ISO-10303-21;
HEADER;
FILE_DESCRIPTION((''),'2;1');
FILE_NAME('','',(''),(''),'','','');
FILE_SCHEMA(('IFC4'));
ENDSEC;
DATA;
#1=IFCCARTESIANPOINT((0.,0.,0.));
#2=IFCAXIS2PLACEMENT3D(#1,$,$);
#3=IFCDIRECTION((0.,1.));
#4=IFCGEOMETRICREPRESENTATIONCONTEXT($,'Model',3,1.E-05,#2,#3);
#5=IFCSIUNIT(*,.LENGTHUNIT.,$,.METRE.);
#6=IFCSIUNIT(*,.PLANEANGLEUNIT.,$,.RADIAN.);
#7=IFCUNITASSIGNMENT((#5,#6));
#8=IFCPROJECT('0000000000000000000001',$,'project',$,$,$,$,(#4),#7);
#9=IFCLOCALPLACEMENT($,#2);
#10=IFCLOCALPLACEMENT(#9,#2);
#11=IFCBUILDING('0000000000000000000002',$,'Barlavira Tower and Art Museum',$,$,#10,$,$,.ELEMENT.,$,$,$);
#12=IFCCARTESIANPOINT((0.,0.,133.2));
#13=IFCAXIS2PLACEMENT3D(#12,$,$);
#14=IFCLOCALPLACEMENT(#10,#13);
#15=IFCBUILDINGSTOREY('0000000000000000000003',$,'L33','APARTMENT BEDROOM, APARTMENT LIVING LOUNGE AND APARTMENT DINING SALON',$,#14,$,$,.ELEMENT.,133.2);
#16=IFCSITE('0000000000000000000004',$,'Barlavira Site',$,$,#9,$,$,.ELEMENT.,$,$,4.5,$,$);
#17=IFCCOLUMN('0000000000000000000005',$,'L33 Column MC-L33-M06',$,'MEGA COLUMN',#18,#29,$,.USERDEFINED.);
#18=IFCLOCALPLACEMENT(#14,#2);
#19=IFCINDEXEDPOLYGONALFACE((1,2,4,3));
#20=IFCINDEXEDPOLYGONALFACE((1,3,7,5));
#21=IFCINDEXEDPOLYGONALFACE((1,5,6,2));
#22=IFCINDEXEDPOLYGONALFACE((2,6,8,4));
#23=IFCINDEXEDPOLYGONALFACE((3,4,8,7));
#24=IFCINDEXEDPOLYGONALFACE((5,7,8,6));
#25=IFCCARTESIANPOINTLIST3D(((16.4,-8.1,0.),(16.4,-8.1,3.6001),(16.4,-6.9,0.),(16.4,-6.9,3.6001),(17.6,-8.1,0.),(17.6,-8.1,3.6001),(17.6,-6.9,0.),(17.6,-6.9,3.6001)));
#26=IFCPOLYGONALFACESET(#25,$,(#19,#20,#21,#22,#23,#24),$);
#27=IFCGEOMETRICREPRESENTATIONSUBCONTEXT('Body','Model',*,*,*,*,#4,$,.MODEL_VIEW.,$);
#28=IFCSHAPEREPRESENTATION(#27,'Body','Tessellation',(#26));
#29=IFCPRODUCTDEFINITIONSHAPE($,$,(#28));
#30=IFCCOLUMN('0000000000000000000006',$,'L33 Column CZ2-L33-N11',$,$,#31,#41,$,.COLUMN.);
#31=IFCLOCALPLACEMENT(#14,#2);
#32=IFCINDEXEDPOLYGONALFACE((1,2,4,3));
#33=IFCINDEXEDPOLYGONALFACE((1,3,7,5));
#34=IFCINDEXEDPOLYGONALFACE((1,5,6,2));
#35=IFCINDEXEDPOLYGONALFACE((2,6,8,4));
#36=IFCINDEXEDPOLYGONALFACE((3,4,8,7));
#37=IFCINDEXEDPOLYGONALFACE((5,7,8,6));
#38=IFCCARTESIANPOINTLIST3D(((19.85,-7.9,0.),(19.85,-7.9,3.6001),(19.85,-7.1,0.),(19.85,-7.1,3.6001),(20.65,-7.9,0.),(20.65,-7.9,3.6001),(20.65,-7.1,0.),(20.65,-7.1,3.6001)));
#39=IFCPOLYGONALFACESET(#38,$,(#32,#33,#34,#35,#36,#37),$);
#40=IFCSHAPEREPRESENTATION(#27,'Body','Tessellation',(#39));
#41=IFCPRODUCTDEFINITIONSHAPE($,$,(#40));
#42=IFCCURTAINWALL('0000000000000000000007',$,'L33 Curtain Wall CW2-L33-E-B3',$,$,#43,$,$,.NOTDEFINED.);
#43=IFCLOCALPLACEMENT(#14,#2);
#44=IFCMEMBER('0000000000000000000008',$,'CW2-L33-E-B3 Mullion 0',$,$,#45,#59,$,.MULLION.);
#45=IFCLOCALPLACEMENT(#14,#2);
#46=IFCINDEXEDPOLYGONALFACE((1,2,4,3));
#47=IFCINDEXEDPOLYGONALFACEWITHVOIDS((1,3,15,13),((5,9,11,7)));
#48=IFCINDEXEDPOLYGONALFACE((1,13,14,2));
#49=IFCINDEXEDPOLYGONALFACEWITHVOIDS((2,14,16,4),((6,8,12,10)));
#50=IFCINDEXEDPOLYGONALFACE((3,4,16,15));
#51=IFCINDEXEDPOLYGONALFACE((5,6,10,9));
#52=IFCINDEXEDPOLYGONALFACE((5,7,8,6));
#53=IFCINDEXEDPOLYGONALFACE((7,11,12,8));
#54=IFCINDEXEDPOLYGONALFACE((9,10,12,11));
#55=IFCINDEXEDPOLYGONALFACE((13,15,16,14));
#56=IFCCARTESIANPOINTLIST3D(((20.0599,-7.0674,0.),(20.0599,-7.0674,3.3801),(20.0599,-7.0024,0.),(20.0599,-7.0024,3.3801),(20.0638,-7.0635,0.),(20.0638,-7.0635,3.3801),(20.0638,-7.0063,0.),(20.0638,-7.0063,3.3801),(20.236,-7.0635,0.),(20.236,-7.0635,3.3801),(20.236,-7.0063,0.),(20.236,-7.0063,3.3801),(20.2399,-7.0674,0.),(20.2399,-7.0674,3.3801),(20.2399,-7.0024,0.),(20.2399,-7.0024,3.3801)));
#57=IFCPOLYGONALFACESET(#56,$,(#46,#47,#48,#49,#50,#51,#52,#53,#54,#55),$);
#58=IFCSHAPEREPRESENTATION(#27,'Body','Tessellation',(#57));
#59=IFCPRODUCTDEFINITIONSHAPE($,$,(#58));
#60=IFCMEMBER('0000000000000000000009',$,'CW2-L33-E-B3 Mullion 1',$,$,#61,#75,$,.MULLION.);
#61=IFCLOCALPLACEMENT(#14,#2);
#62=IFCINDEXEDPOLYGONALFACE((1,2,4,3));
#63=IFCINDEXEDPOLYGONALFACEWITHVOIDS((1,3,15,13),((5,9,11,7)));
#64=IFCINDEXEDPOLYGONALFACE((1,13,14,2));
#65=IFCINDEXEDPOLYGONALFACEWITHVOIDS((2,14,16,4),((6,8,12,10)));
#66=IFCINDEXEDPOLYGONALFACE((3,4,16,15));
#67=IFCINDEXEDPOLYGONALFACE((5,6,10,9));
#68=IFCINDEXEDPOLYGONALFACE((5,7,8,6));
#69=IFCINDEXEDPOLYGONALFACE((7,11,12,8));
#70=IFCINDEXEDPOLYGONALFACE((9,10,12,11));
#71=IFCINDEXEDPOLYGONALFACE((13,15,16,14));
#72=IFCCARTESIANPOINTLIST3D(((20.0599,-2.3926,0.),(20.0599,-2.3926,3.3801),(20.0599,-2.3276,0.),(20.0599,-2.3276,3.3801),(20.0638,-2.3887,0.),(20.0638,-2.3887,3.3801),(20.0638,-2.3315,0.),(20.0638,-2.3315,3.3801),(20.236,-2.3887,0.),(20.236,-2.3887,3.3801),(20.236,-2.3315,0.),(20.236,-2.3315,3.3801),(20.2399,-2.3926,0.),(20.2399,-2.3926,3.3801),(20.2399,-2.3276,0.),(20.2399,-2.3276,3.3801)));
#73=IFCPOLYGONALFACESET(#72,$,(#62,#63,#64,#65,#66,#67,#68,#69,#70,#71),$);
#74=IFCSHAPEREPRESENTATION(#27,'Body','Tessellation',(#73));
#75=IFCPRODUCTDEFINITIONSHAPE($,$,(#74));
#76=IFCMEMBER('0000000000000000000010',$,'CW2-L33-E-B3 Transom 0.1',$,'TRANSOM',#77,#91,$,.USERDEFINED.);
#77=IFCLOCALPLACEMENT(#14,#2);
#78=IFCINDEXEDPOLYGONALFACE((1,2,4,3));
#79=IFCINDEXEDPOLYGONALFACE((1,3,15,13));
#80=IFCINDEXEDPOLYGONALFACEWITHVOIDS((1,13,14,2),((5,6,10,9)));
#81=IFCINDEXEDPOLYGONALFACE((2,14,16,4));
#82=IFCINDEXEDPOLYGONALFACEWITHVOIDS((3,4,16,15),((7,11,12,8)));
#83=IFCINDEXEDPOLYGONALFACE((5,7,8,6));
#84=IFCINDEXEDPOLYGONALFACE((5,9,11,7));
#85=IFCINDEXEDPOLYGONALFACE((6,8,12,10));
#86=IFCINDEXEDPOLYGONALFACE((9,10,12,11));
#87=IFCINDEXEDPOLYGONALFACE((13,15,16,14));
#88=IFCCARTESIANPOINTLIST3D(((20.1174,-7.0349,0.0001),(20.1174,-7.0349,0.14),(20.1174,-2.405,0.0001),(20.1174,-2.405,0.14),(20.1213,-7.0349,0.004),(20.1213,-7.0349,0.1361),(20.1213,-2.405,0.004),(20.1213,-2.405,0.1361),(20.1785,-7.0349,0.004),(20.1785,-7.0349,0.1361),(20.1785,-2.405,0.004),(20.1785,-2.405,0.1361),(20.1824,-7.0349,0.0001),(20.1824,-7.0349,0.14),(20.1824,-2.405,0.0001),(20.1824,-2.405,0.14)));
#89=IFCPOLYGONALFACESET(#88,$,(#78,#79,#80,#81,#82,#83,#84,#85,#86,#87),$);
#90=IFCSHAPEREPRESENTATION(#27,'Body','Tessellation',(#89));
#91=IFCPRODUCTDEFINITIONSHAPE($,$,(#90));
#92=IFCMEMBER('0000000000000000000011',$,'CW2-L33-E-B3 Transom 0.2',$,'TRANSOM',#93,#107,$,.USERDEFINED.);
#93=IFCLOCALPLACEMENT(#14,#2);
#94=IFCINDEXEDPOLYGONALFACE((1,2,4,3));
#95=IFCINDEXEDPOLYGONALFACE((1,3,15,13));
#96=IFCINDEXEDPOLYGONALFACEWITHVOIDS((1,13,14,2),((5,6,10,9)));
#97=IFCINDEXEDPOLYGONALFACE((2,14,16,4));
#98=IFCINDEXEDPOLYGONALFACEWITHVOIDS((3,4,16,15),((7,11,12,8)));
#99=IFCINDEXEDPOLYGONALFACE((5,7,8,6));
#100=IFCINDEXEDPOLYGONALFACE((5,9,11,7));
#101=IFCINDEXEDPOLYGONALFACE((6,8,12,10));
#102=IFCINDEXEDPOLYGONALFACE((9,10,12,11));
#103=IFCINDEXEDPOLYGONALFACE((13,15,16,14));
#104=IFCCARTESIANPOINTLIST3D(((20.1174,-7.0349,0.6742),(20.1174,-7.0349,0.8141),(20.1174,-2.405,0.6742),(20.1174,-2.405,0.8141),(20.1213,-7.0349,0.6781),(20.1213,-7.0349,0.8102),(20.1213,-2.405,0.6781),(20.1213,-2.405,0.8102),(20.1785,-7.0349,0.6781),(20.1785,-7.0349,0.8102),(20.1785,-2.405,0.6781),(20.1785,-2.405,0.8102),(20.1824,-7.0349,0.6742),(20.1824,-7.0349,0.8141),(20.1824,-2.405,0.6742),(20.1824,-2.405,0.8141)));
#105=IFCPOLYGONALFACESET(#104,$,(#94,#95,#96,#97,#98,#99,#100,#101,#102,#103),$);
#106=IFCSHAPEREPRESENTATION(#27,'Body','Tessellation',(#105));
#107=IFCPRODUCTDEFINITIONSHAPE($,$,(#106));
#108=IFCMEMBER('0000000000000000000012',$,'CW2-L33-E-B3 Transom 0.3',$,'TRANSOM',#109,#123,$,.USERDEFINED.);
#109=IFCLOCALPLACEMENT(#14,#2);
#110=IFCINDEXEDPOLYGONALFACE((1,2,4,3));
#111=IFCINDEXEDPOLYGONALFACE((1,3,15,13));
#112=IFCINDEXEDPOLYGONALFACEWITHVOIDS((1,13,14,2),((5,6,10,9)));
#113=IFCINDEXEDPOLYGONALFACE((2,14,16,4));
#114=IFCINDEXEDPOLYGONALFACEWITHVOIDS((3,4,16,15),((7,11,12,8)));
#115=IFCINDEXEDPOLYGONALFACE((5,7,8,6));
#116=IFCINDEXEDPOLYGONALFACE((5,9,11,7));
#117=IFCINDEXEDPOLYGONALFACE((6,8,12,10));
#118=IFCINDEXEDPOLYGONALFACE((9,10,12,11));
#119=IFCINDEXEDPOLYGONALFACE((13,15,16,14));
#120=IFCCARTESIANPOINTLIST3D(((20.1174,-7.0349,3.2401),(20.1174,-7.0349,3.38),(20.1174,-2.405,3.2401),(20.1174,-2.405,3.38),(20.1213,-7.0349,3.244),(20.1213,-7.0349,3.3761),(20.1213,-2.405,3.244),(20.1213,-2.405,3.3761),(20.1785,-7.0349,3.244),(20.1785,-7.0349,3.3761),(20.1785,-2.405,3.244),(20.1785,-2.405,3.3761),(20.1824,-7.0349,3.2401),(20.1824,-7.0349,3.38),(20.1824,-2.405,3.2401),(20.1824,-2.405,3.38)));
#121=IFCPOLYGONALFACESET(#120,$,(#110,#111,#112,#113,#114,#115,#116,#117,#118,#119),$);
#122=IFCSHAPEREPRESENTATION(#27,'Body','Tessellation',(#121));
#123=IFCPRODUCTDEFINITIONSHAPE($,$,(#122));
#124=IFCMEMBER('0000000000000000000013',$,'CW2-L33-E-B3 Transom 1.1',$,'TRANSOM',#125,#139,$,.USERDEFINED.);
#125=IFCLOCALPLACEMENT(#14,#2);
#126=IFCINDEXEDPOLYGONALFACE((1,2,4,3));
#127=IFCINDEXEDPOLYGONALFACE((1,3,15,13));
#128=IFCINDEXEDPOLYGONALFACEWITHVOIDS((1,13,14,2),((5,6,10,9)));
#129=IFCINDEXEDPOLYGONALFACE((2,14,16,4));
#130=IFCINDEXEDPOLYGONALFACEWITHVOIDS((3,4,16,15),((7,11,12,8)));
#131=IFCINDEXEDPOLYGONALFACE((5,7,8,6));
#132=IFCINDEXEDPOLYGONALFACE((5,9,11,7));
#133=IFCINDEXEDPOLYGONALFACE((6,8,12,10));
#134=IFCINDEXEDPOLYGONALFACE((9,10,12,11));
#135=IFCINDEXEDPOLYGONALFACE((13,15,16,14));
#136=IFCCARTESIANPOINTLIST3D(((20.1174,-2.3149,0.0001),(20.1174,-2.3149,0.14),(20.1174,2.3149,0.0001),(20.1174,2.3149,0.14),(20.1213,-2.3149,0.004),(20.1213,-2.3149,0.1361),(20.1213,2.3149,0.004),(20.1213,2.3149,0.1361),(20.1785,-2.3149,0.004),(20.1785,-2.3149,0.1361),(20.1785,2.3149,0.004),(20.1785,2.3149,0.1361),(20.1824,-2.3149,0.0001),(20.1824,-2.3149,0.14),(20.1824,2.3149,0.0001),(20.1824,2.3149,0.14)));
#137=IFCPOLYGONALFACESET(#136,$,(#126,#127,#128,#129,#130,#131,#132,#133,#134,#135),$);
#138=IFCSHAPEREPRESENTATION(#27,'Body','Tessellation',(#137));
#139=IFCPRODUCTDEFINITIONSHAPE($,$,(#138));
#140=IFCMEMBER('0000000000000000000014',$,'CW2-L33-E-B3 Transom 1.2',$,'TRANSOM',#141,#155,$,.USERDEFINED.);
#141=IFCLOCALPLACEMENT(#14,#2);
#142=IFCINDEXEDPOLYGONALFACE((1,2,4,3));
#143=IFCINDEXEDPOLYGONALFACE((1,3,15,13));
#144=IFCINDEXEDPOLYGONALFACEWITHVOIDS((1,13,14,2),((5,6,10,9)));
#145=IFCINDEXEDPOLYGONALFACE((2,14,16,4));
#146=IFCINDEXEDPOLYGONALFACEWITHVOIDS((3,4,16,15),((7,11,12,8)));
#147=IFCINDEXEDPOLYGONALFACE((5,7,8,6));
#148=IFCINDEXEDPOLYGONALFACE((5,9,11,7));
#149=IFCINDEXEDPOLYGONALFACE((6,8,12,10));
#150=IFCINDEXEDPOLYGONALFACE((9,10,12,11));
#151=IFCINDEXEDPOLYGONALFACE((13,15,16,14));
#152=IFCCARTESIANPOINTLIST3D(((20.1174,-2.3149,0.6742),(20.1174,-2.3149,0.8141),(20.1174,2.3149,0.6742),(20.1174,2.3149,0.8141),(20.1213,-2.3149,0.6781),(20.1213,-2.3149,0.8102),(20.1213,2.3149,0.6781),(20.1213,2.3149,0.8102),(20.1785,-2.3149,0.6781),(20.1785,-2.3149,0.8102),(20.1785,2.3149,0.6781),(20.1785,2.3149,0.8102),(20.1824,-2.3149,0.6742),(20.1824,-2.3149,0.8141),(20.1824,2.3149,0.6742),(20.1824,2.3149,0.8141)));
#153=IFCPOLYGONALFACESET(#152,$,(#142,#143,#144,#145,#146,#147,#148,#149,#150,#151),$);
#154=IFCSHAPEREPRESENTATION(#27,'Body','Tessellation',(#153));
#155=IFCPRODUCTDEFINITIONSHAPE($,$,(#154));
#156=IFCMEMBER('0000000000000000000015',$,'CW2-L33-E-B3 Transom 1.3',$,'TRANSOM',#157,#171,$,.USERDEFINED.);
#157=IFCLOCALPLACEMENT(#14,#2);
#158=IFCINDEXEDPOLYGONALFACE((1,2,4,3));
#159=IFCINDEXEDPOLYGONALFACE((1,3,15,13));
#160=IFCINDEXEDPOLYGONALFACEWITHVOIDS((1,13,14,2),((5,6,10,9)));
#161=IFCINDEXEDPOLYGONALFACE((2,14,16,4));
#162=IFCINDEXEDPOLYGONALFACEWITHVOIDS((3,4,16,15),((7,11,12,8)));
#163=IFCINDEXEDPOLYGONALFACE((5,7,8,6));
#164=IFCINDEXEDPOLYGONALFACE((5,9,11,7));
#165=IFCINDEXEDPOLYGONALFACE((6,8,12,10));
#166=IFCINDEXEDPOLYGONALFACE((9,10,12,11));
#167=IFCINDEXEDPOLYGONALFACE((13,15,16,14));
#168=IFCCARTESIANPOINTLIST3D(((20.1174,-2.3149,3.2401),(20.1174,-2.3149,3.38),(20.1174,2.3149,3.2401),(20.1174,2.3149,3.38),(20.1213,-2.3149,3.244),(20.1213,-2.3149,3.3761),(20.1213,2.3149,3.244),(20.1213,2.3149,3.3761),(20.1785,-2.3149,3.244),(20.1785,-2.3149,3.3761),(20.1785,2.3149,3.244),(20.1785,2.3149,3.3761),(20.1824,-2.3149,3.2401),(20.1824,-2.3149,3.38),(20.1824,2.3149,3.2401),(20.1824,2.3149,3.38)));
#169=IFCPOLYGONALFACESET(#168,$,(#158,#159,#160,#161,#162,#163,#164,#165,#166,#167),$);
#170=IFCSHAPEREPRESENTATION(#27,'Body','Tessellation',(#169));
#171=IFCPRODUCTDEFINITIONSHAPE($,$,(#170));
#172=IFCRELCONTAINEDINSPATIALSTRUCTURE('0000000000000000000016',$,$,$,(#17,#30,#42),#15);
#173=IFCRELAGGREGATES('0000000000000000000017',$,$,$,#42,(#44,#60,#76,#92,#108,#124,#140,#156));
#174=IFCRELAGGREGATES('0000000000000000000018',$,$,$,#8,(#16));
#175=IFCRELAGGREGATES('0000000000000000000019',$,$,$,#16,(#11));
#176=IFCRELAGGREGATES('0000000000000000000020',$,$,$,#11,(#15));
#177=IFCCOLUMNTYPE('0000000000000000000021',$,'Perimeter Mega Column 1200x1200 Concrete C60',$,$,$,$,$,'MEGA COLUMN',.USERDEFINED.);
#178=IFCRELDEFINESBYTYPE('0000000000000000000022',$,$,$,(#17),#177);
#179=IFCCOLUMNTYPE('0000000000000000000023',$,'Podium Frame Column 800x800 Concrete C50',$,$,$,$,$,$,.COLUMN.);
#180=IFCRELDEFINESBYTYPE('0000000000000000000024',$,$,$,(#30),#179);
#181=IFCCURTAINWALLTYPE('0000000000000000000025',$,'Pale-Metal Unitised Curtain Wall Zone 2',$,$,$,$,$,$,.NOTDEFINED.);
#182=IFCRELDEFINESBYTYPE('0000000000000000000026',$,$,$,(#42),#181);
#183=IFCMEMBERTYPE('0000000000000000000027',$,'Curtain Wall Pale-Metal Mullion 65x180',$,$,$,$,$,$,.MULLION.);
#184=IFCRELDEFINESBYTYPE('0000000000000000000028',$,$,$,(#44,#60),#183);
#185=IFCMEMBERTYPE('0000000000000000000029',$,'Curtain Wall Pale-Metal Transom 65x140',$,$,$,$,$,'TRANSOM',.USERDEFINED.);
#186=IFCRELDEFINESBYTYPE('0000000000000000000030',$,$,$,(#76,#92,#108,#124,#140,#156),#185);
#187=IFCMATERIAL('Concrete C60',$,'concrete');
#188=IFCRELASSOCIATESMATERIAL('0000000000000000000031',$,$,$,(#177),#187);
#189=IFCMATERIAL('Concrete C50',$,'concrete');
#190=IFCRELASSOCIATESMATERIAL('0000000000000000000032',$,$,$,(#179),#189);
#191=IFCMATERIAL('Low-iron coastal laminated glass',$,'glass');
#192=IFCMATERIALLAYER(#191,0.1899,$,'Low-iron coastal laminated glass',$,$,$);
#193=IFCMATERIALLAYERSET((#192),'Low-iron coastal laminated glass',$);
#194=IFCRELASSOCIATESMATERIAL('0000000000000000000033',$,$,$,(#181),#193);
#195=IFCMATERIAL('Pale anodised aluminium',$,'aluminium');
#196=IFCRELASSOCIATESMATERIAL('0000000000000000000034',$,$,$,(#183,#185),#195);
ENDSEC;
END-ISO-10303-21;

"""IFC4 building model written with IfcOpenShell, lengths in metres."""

from ifc_helpers import new_model, si_unit, direction, frame, origin, origin_2d, place, context, subcontext, project, spatial, rectangle, hollow_rectangle, extrude, material, layer, layer_set, material_profile, profile_set, type_object, element, aggregate, save


model = new_model("IFC4")

# Units and contexts
model_context = context("Model", 3, precision=1e-05, world=origin(), true_north=direction((0.0, 1.0)))
body_context = subcontext(model_context, "Body", "Model", "MODEL_VIEW")
ifc_project = project(units=[si_unit("LENGTHUNIT", "METRE"), si_unit("PLANEANGLEUNIT", "RADIAN")], contexts=[model_context])

# Site, building, storey
site_placement = place(None, origin())
site = spatial("IfcSite", under=ifc_project, at=site_placement, Name="Barlavira Site", CompositionType="ELEMENT", RefElevation=4.5)
building_placement = place(site_placement, origin())
building = spatial("IfcBuilding", under=site, at=building_placement, Name="Barlavira Tower and Art Museum", CompositionType="ELEMENT")
storey_placement = place(building_placement, frame((0.0, 0.0, 133.2)))
storey = spatial("IfcBuildingStorey", under=building, at=storey_placement, Name="L33", Description="APARTMENT BEDROOM, APARTMENT LIVING LOUNGE AND APARTMENT DINING SALON", CompositionType="ELEMENT", Elevation=133.2)

# Columns
ifc_material_1 = material(Name="Concrete C60", Category="concrete")
ifc_material_profile_1 = material_profile(ifc_material_1, rectangle(XDim=1.2, YDim=1.2, at=origin_2d()), Name="RC-COL 1200x1200")
ifc_profile_set_1 = profile_set([ifc_material_profile_1], Name="Concrete C60")
column_type_1 = type_object("IfcColumnType", Name="Perimeter Mega Column 1200x1200 Concrete C60", ElementType="MEGA COLUMN", PredefinedType="USERDEFINED", material=ifc_profile_set_1)
column_1_placement = place(storey_placement, frame((17.0, -7.5, 0.0), z_axis=(0.0, 0.0, 1.0), x_axis=(1.0, 0.0, 0.0)))
element("IfcColumn", 1, at=column_1_placement, inside=storey, type_object=column_type_1, Name="L33 Column MC-L33-M06", ObjectType="MEGA COLUMN", PredefinedType="USERDEFINED", context=body_context, shape_type="SweptSolid", body=[
    extrude(rectangle(XDim=1.2, YDim=1.2, at=origin_2d()), origin(), (0.0, 0.0, 1.0), 3.6001),
])
ifc_material_2 = material(Name="Concrete C50", Category="concrete")
ifc_material_profile_2 = material_profile(ifc_material_2, rectangle(XDim=0.8, YDim=0.8, at=origin_2d()), Name="RC-COL 800x800")
ifc_profile_set_2 = profile_set([ifc_material_profile_2], Name="Concrete C50")
column_type_2 = type_object("IfcColumnType", Name="Podium Frame Column 800x800 Concrete C50", PredefinedType="COLUMN", material=ifc_profile_set_2)
column_2_placement = place(storey_placement, frame((20.25, -7.5, 0.0), z_axis=(0.0, 0.0, 1.0), x_axis=(1.0, 0.0, 0.0)))
element("IfcColumn", 2, at=column_2_placement, inside=storey, type_object=column_type_2, Name="L33 Column CZ2-L33-N11", PredefinedType="COLUMN", context=body_context, shape_type="SweptSolid", body=[
    extrude(rectangle(XDim=0.8, YDim=0.8, at=origin_2d()), origin(), (0.0, 0.0, 1.0), 3.6001),
])

# Curtain wall, members
ifc_material_3 = material(Name="Low-iron coastal laminated glass", Category="glass")
ifc_layer_1 = layer(ifc_material_3, 0.1899, Name="Low-iron coastal laminated glass")
ifc_layer_set_1 = layer_set([ifc_layer_1], Name="Low-iron coastal laminated glass")
curtain_wall_type = type_object("IfcCurtainWallType", Name="Pale-Metal Unitised Curtain Wall Zone 2", PredefinedType="NOTDEFINED", material=ifc_layer_set_1)
curtain_wall_placement = place(storey_placement, origin())
curtain_wall = element("IfcCurtainWall", 3, at=curtain_wall_placement, inside=storey, type_object=curtain_wall_type, Name="L33 Curtain Wall CW2-L33-E-B3", PredefinedType="NOTDEFINED")
ifc_material_4 = material(Name="Pale anodised aluminium", Category="aluminium")
ifc_material_profile_3 = material_profile(ifc_material_4, hollow_rectangle(XDim=0.0649, YDim=0.1799, WallThickness=0.0039, at=origin_2d()), Name="ALU-MULL 65x180x4")
ifc_profile_set_3 = profile_set([ifc_material_profile_3], Name="Pale anodised aluminium")
member_type_1 = type_object("IfcMemberType", Name="Curtain Wall Pale-Metal Mullion 65x180", PredefinedType="MULLION", material=ifc_profile_set_3)
member_1_placement = place(storey_placement, frame((20.1499, -7.0349, 0.0), z_axis=(0.0, 0.0, 1.0), x_axis=(0.0, 1.0, 0.0)))
member_1 = element("IfcMember", 4, at=member_1_placement, type_object=member_type_1, Name="CW2-L33-E-B3 Mullion 0", PredefinedType="MULLION", context=body_context, shape_type="SweptSolid", body=[
    extrude(hollow_rectangle(XDim=0.0649, YDim=0.1799, WallThickness=0.0039, at=origin_2d()), origin(), (0.0, 0.0, 1.0), 3.3801),
])
member_2_placement = place(storey_placement, frame((20.1499, -2.3601, 0.0), z_axis=(0.0, 0.0, 1.0), x_axis=(0.0, 1.0, 0.0)))
member_2 = element("IfcMember", 5, at=member_2_placement, type_object=member_type_1, Name="CW2-L33-E-B3 Mullion 1", PredefinedType="MULLION", context=body_context, shape_type="SweptSolid", body=[
    extrude(hollow_rectangle(XDim=0.0649, YDim=0.1799, WallThickness=0.0039, at=origin_2d()), origin(), (0.0, 0.0, 1.0), 3.3801),
])
ifc_material_profile_4 = material_profile(ifc_material_4, hollow_rectangle(XDim=0.0649, YDim=0.1399, WallThickness=0.0039, at=origin_2d()), Name="ALU-TRAN 65x140x4")
ifc_profile_set_4 = profile_set([ifc_material_profile_4], Name="Pale anodised aluminium")
member_type_2 = type_object("IfcMemberType", Name="Curtain Wall Pale-Metal Transom 65x140", ElementType="TRANSOM", PredefinedType="USERDEFINED", material=ifc_profile_set_4)
member_3_placement = place(storey_placement, frame((20.1499, -7.0349, 0.0701), z_axis=(0.0, 1.0, 0.0), x_axis=(-1.0, 0.0, 0.0)))
member_3 = element("IfcMember", 6, at=member_3_placement, type_object=member_type_2, Name="CW2-L33-E-B3 Transom 0.1", ObjectType="TRANSOM", PredefinedType="USERDEFINED", context=body_context, shape_type="SweptSolid", body=[
    extrude(hollow_rectangle(XDim=0.0649, YDim=0.1399, WallThickness=0.0039, at=origin_2d()), origin(), (0.0, 0.0, 1.0), 4.6299),
])
member_4_placement = place(storey_placement, frame((20.1499, -7.0349, 0.7441), z_axis=(0.0, 1.0, 0.0), x_axis=(-1.0, 0.0, 0.0)))
member_4 = element("IfcMember", 7, at=member_4_placement, type_object=member_type_2, Name="CW2-L33-E-B3 Transom 0.2", ObjectType="TRANSOM", PredefinedType="USERDEFINED", context=body_context, shape_type="SweptSolid", body=[
    extrude(hollow_rectangle(XDim=0.0649, YDim=0.1399, WallThickness=0.0039, at=origin_2d()), origin(), (0.0, 0.0, 1.0), 4.6299),
])
member_5_placement = place(storey_placement, frame((20.1499, -7.0349, 3.3101), z_axis=(0.0, 1.0, 0.0), x_axis=(-1.0, 0.0, 0.0)))
member_5 = element("IfcMember", 8, at=member_5_placement, type_object=member_type_2, Name="CW2-L33-E-B3 Transom 0.3", ObjectType="TRANSOM", PredefinedType="USERDEFINED", context=body_context, shape_type="SweptSolid", body=[
    extrude(hollow_rectangle(XDim=0.0649, YDim=0.1399, WallThickness=0.0039, at=origin_2d()), origin(), (0.0, 0.0, 1.0), 4.6299),
])
member_6_placement = place(storey_placement, frame((20.1499, -2.3149, 0.0701), z_axis=(0.0, 1.0, 0.0), x_axis=(-1.0, 0.0, 0.0)))
member_6 = element("IfcMember", 9, at=member_6_placement, type_object=member_type_2, Name="CW2-L33-E-B3 Transom 1.1", ObjectType="TRANSOM", PredefinedType="USERDEFINED", context=body_context, shape_type="SweptSolid", body=[
    extrude(hollow_rectangle(XDim=0.0649, YDim=0.1399, WallThickness=0.0039, at=origin_2d()), origin(), (0.0, 0.0, 1.0), 4.6299),
])
member_7_placement = place(storey_placement, frame((20.1499, -2.3149, 0.7441), z_axis=(0.0, 1.0, 0.0), x_axis=(-1.0, 0.0, 0.0)))
member_7 = element("IfcMember", 10, at=member_7_placement, type_object=member_type_2, Name="CW2-L33-E-B3 Transom 1.2", ObjectType="TRANSOM", PredefinedType="USERDEFINED", context=body_context, shape_type="SweptSolid", body=[
    extrude(hollow_rectangle(XDim=0.0649, YDim=0.1399, WallThickness=0.0039, at=origin_2d()), origin(), (0.0, 0.0, 1.0), 4.6299),
])
member_8_placement = place(storey_placement, frame((20.1499, -2.3149, 3.3101), z_axis=(0.0, 1.0, 0.0), x_axis=(-1.0, 0.0, 0.0)))
member_8 = element("IfcMember", 11, at=member_8_placement, type_object=member_type_2, Name="CW2-L33-E-B3 Transom 1.3", ObjectType="TRANSOM", PredefinedType="USERDEFINED", context=body_context, shape_type="SweptSolid", body=[
    extrude(hollow_rectangle(XDim=0.0649, YDim=0.1399, WallThickness=0.0039, at=origin_2d()), origin(), (0.0, 0.0, 1.0), 4.6299),
])

aggregate(curtain_wall, [member_1, member_2, member_3, member_4, member_5, member_6, member_7, member_8])

save(model, "model.ifc")
